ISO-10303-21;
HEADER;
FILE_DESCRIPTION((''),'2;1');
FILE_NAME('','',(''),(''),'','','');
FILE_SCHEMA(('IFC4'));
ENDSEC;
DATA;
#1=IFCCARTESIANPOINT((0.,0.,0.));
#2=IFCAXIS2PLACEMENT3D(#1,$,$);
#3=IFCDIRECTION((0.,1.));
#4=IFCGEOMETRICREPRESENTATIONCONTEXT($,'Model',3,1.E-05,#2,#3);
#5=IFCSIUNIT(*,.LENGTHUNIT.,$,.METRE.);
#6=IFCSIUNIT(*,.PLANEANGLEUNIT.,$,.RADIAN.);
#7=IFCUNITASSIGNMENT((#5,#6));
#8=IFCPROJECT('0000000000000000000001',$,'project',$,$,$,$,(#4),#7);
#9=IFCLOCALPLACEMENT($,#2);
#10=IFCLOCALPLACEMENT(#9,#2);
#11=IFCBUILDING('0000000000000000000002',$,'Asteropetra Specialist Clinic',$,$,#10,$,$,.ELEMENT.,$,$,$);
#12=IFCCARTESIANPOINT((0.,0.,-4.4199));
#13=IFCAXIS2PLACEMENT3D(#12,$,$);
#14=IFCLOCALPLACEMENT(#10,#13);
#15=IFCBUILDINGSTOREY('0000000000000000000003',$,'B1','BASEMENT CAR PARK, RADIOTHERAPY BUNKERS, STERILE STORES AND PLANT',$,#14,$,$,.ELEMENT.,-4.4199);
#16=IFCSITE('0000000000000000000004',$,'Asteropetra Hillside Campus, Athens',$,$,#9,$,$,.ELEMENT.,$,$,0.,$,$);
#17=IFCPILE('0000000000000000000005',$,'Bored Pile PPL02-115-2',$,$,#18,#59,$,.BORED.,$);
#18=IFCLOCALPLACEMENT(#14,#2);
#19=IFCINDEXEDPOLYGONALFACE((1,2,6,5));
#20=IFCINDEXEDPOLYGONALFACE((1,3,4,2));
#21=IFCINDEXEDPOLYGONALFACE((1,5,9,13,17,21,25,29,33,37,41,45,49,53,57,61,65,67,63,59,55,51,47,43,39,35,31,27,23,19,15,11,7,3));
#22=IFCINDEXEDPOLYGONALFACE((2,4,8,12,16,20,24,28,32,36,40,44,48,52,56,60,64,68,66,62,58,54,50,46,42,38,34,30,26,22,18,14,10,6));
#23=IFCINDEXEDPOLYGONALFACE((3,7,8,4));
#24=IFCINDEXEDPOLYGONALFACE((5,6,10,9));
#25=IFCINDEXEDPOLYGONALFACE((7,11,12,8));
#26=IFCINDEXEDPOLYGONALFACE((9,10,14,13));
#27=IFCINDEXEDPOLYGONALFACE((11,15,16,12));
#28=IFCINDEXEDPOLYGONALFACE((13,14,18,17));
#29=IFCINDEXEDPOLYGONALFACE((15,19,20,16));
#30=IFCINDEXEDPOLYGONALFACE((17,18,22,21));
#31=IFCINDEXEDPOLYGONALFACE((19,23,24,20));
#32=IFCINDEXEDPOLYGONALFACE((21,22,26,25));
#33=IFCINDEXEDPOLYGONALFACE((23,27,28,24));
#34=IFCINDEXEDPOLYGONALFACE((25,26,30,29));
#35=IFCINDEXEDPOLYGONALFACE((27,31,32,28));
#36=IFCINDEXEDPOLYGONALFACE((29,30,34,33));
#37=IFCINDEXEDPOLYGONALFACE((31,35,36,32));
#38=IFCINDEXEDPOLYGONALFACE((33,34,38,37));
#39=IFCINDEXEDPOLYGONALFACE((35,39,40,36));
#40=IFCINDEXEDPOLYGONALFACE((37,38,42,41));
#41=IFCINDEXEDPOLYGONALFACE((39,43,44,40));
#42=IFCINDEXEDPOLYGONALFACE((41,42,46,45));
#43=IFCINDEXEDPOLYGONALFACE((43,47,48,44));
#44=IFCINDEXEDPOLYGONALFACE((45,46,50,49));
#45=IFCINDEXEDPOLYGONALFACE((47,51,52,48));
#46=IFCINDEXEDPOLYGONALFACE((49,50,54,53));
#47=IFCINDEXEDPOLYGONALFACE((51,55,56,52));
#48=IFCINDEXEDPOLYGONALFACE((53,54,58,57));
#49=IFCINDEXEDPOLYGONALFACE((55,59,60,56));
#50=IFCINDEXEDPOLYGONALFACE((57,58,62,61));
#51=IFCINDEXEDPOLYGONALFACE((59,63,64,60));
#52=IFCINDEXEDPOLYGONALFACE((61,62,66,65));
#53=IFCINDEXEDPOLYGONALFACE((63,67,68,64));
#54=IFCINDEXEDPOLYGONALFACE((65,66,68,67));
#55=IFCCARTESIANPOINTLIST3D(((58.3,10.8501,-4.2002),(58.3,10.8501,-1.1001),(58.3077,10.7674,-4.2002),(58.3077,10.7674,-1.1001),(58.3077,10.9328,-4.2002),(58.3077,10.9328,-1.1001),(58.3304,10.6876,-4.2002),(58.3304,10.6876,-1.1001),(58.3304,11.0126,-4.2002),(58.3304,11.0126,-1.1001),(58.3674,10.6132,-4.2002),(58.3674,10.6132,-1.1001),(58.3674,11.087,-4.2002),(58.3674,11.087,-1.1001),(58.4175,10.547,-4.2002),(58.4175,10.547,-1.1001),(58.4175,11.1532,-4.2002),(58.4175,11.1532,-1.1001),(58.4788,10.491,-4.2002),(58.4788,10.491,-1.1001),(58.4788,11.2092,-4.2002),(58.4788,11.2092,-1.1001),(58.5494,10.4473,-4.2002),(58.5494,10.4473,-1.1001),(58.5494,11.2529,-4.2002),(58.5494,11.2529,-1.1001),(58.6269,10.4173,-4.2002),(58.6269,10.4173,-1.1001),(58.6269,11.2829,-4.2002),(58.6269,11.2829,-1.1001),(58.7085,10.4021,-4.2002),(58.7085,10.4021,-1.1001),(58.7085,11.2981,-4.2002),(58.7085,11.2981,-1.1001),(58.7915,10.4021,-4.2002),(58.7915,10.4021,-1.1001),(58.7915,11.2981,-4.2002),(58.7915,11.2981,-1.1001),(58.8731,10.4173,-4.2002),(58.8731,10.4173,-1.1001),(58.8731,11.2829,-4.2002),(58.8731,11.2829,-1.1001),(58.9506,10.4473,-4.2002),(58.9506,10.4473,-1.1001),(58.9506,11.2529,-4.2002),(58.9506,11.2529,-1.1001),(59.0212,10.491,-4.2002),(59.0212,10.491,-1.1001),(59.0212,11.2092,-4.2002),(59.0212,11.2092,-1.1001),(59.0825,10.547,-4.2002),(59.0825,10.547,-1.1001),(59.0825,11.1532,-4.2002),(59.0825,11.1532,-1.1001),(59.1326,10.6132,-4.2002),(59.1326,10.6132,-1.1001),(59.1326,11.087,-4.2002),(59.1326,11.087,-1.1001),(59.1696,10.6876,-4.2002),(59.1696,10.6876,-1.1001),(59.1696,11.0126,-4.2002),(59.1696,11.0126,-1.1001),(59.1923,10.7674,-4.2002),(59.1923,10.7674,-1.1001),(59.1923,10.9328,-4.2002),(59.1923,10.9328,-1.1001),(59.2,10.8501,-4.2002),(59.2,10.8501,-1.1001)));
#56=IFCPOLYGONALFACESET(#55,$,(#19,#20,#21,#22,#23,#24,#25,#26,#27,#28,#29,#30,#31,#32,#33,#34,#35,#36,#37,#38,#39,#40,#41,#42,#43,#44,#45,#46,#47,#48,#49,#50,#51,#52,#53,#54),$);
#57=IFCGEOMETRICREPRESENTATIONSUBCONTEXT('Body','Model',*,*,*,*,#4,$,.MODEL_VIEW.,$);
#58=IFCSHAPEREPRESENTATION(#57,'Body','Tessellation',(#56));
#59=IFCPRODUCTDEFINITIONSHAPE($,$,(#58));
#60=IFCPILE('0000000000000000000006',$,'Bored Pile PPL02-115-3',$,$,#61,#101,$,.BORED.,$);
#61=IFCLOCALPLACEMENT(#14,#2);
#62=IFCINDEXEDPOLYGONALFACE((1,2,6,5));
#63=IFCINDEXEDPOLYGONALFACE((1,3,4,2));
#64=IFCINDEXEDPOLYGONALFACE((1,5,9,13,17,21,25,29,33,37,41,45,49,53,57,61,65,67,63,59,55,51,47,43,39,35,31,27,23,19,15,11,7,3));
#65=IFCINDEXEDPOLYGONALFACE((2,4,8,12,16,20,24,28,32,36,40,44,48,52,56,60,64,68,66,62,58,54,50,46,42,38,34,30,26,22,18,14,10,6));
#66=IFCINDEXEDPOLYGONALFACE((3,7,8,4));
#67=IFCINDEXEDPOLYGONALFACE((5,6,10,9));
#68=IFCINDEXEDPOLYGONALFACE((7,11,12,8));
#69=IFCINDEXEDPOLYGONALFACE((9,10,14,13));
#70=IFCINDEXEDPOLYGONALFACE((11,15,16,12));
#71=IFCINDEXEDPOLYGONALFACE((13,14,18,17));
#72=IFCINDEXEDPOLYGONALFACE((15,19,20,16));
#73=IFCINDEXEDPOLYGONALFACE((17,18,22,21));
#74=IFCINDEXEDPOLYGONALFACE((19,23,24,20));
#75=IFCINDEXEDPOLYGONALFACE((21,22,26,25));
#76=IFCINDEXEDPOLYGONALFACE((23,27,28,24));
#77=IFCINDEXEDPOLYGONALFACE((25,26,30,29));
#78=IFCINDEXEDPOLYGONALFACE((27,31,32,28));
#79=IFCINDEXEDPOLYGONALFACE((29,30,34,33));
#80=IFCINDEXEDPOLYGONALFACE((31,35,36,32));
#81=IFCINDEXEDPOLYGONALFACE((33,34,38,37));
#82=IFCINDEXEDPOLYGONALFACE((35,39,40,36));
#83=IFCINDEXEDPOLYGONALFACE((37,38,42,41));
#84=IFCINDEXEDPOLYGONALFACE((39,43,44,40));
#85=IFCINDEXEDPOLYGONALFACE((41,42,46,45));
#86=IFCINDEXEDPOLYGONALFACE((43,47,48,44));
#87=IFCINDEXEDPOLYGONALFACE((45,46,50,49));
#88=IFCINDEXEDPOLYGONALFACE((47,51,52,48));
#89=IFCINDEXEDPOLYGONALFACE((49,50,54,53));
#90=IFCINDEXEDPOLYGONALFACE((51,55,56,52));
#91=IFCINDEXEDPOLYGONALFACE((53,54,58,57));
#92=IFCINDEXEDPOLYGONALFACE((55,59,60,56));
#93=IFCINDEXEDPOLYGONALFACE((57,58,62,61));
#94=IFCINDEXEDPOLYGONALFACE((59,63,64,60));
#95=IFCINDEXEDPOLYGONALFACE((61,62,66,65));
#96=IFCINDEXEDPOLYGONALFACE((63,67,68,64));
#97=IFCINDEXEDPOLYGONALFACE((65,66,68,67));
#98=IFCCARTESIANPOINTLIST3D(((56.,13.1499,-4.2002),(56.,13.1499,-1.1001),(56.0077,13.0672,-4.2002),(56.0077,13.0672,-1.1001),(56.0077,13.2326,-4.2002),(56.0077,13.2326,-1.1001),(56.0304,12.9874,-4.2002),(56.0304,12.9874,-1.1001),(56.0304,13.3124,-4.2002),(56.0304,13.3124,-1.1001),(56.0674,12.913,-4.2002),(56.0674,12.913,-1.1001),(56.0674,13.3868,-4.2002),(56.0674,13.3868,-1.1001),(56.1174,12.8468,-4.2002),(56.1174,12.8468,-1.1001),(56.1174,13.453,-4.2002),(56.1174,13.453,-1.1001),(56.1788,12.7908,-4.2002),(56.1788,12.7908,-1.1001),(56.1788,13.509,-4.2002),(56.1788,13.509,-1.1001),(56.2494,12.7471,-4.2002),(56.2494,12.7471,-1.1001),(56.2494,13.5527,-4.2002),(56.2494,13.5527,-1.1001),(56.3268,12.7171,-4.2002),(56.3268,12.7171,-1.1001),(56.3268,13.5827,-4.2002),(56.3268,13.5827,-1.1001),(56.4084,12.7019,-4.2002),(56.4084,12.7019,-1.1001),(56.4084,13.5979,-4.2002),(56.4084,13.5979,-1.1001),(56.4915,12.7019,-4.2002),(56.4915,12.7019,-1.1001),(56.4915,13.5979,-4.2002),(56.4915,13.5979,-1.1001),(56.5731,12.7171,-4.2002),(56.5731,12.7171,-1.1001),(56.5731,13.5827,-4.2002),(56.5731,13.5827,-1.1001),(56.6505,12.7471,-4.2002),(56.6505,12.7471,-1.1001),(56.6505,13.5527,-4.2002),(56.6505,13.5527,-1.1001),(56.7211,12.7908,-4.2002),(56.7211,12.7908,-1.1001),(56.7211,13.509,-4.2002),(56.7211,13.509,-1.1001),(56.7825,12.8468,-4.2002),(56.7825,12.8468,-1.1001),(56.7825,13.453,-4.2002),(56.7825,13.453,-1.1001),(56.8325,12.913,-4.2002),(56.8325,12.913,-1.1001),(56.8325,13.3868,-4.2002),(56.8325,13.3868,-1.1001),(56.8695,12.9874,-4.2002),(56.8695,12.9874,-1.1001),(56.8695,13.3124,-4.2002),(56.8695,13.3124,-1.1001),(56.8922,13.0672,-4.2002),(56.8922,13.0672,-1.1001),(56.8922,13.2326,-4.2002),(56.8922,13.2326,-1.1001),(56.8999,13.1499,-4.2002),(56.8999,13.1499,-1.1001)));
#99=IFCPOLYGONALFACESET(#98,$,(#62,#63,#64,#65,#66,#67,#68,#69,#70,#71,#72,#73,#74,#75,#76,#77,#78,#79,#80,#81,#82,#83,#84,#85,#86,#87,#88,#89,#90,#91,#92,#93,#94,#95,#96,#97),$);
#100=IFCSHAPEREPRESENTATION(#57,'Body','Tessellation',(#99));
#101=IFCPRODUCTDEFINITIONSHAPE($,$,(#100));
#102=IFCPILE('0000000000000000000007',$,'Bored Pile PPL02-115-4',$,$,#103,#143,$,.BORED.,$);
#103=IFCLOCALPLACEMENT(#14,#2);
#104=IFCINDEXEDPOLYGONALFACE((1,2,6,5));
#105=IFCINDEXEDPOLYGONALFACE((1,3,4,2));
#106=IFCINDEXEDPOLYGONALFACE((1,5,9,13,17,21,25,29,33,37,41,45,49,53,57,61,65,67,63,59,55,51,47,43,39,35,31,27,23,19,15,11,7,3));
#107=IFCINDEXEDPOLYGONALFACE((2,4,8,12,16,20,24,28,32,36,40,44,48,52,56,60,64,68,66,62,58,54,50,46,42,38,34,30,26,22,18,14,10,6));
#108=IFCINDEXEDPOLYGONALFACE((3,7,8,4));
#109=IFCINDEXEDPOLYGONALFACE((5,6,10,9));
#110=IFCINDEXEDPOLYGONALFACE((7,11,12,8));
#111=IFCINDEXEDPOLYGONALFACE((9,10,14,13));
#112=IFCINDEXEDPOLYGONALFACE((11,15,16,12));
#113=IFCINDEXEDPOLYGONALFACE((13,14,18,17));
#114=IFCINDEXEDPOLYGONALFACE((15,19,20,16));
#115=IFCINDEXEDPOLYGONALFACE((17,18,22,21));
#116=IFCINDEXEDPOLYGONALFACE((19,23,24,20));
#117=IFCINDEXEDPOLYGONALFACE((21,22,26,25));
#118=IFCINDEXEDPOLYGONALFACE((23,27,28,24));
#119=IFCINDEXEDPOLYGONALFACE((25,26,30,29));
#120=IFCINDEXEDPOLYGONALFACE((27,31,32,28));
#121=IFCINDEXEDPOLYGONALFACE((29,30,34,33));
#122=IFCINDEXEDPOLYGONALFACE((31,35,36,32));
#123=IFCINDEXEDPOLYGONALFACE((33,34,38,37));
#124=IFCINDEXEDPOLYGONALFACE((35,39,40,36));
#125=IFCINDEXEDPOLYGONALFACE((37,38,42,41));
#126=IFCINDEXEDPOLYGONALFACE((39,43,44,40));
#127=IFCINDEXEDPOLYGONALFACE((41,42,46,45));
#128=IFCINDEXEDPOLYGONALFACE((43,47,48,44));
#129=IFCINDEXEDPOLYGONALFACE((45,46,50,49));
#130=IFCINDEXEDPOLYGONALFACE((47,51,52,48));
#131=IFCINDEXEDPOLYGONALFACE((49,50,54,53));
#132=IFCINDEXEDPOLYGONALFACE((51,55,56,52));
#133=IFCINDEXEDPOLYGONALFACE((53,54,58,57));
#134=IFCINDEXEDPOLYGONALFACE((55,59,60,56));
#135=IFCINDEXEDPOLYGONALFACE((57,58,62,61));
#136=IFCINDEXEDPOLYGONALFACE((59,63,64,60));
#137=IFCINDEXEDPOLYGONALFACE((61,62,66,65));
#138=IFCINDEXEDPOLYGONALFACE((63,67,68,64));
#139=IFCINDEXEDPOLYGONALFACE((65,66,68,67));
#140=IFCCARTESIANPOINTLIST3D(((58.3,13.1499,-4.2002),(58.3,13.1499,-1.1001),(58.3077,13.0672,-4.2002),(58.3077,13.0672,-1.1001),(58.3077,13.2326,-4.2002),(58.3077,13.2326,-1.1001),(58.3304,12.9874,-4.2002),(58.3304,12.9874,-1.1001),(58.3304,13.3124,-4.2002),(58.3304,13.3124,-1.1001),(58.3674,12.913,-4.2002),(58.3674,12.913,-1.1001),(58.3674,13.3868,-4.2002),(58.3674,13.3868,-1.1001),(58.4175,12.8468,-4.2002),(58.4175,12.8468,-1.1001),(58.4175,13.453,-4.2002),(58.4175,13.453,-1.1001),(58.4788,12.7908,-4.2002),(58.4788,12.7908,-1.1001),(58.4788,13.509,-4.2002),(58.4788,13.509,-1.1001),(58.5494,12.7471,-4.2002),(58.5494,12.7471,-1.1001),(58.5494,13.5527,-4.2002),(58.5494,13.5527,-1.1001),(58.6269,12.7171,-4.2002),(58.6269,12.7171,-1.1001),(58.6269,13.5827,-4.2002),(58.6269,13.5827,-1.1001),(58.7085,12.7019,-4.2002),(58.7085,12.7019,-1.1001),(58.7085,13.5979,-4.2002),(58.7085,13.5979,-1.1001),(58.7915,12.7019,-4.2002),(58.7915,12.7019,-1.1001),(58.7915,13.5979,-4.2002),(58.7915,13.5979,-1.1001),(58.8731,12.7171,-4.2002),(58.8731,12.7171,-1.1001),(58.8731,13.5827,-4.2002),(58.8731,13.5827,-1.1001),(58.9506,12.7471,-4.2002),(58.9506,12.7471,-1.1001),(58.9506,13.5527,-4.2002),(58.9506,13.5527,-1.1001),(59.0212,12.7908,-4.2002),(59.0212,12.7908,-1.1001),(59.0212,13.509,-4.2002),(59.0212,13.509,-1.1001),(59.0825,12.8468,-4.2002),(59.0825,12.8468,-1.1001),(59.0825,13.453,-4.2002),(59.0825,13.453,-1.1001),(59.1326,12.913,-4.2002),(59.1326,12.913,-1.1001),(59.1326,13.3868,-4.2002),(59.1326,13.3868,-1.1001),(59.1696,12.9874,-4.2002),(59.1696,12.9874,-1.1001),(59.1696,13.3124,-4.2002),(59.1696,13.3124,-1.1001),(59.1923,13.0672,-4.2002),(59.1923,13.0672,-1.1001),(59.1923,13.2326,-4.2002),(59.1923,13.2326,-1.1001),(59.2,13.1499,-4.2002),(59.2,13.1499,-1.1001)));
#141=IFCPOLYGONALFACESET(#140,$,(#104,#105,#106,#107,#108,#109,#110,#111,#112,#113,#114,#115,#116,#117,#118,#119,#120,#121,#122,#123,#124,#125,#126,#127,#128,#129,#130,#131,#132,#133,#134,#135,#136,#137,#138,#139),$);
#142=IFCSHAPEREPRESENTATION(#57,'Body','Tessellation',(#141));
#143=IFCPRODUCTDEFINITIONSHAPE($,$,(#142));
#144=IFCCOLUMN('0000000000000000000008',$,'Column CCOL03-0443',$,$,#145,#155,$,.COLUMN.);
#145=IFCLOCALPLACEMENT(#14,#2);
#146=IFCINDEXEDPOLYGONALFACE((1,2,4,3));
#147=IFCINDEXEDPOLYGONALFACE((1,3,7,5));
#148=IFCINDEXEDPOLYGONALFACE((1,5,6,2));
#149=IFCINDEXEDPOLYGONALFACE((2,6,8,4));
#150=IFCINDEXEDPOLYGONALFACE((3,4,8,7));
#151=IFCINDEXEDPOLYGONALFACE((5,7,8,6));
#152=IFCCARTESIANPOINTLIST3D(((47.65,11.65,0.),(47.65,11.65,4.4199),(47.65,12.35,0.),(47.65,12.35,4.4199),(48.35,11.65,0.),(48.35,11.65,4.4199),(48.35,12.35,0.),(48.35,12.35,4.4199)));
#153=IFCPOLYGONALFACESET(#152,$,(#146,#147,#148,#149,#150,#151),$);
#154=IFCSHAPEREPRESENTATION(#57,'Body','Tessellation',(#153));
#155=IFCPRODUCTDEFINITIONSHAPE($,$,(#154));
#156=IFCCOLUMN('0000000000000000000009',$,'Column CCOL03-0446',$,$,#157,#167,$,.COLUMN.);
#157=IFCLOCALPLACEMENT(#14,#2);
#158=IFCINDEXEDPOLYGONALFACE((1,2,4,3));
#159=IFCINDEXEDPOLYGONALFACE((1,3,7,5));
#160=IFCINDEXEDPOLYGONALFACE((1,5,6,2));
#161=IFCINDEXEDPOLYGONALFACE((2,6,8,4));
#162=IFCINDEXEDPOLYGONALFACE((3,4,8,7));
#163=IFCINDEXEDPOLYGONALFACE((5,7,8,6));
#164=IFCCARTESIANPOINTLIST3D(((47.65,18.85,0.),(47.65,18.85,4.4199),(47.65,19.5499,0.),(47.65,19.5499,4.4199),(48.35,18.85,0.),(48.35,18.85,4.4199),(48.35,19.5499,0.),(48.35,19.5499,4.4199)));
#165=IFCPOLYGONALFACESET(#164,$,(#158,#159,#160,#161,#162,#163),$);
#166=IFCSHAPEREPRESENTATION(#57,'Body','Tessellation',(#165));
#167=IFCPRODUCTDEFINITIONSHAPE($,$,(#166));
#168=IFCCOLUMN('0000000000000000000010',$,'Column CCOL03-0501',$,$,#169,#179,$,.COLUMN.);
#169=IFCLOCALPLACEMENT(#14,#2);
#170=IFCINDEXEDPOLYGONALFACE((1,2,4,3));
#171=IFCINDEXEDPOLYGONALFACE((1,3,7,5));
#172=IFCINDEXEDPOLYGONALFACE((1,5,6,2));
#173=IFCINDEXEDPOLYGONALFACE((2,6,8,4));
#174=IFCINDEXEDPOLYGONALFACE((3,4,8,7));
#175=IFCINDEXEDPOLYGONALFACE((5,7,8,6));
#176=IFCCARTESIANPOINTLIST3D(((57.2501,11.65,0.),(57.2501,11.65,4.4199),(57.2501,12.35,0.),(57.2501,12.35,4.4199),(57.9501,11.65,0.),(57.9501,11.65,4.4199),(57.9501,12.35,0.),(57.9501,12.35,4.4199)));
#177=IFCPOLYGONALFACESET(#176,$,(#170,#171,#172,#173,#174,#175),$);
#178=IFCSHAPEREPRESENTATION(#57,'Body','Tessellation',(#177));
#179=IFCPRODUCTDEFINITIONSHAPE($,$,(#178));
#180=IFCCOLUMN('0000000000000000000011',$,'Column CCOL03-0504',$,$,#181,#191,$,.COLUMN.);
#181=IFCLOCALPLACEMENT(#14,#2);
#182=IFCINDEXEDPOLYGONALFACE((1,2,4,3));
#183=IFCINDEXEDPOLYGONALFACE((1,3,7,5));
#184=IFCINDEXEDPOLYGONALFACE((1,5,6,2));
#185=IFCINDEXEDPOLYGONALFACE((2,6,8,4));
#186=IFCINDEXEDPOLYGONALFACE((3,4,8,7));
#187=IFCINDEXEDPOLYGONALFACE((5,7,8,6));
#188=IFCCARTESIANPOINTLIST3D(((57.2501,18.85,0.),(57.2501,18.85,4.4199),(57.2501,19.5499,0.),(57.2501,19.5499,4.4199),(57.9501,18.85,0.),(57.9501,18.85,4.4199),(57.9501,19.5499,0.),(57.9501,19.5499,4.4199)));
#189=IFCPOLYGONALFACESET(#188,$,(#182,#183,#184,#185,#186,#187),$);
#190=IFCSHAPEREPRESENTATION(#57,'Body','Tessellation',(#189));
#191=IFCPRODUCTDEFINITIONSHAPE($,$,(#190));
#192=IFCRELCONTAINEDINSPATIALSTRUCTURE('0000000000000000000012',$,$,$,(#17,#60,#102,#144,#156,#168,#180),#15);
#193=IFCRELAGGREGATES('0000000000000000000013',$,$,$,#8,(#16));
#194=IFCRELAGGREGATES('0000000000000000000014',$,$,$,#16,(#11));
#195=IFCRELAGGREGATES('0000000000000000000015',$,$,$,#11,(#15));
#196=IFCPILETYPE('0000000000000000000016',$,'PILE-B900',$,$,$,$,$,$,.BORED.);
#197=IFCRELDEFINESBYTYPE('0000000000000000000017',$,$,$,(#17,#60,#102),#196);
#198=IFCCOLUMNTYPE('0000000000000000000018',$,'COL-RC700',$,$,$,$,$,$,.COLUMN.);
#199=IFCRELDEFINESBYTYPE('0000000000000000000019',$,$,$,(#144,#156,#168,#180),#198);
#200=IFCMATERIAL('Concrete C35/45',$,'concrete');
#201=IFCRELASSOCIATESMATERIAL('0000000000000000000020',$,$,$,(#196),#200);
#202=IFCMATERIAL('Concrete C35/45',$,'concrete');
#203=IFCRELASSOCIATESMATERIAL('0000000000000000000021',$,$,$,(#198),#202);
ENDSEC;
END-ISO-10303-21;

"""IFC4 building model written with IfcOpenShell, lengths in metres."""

from ifc_helpers import new_model, si_unit, direction, frame, origin, origin_2d, place, context, subcontext, project, spatial, rectangle, circle, extrude, material, material_profile, profile_set, type_object, element, save


model = new_model("IFC4")

# Units and contexts
model_context = context("Model", 3, precision=1e-05, world=origin(), true_north=direction((0.0, 1.0)))
body_context = subcontext(model_context, "Body", "Model", "MODEL_VIEW")
ifc_project = project(units=[si_unit("LENGTHUNIT", "METRE"), si_unit("PLANEANGLEUNIT", "RADIAN")], contexts=[model_context])

# Site, building, storey
site_placement = place(None, origin())
site = spatial("IfcSite", under=ifc_project, at=site_placement, Name="Asteropetra Hillside Campus, Athens", CompositionType="ELEMENT", RefElevation=0.0)
building_placement = place(site_placement, origin())
building = spatial("IfcBuilding", under=site, at=building_placement, Name="Asteropetra Specialist Clinic", CompositionType="ELEMENT")
storey_placement = place(building_placement, frame((0.0, 0.0, -4.4199)))
storey = spatial("IfcBuildingStorey", under=building, at=storey_placement, Name="B1", Description="BASEMENT CAR PARK, RADIOTHERAPY BUNKERS, STERILE STORES AND PLANT", CompositionType="ELEMENT", Elevation=-4.4199)

# Piles
ifc_material_1 = material(Name="Concrete C35/45", Category="concrete")
ifc_material_profile_1 = material_profile(ifc_material_1, circle(Radius=0.45, at=origin_2d()), Name="PILE D900")
ifc_profile_set_1 = profile_set([ifc_material_profile_1], Name="Concrete C35/45")
pile_type_1 = type_object("IfcPileType", Name="PILE-B900", PredefinedType="BORED", material=ifc_profile_set_1)
for number, where, z_axis, x_axis, name in (
    (1, (58.75, 10.8501, -1.1001), (0.0, 0.0, -1.0), (1.0, 0.0, 0.0), "Bored Pile PPL02-115-2"),
    (2, (56.45, 13.1499, -1.1001), (0.0, 0.0, -1.0), (1.0, 0.0, 0.0), "Bored Pile PPL02-115-3"),
    (3, (58.75, 13.1499, -1.1001), (0.0, 0.0, -1.0), (1.0, 0.0, 0.0), "Bored Pile PPL02-115-4"),
):
    element("IfcPile", number, at=place(storey_placement, frame(where, z_axis=z_axis, x_axis=x_axis)), inside=storey, type_object=pile_type_1, Name=name, PredefinedType="BORED", context=body_context, shape_type="SweptSolid", body=[
        extrude(circle(Radius=0.45, at=origin_2d()), origin(), (0.0, 0.0, 1.0), 3.1001),
    ])

# Columns
ifc_material_2 = material(Name="Concrete C35/45", Category="concrete")
ifc_material_profile_2 = material_profile(ifc_material_2, rectangle(XDim=0.7, YDim=0.7, at=origin_2d()), Name="RC 700x700")
ifc_profile_set_2 = profile_set([ifc_material_profile_2], Name="Concrete C35/45")
column_type = type_object("IfcColumnType", Name="COL-RC700", PredefinedType="COLUMN", material=ifc_profile_set_2)
for number, where, z_axis, x_axis, name in (
    (4, (48.0, 12.0, 0.0), (0.0, 0.0, 1.0), (1.0, 0.0, 0.0), "Column CCOL03-0443"),
    (5, (48.0, 19.2, 0.0), (0.0, 0.0, 1.0), (1.0, 0.0, 0.0), "Column CCOL03-0446"),
    (6, (57.6001, 12.0, 0.0), (0.0, 0.0, 1.0), (1.0, 0.0, 0.0), "Column CCOL03-0501"),
    (7, (57.6001, 19.2, 0.0), (0.0, 0.0, 1.0), (1.0, 0.0, 0.0), "Column CCOL03-0504"),
):
    element("IfcColumn", number, at=place(storey_placement, frame(where, z_axis=z_axis, x_axis=x_axis)), inside=storey, type_object=column_type, Name=name, PredefinedType="COLUMN", context=body_context, shape_type="SweptSolid", body=[
        extrude(rectangle(XDim=0.7, YDim=0.7, at=origin_2d()), origin(), (0.0, 0.0, 1.0), 4.4199),
    ])

save(model, "model.ifc")
